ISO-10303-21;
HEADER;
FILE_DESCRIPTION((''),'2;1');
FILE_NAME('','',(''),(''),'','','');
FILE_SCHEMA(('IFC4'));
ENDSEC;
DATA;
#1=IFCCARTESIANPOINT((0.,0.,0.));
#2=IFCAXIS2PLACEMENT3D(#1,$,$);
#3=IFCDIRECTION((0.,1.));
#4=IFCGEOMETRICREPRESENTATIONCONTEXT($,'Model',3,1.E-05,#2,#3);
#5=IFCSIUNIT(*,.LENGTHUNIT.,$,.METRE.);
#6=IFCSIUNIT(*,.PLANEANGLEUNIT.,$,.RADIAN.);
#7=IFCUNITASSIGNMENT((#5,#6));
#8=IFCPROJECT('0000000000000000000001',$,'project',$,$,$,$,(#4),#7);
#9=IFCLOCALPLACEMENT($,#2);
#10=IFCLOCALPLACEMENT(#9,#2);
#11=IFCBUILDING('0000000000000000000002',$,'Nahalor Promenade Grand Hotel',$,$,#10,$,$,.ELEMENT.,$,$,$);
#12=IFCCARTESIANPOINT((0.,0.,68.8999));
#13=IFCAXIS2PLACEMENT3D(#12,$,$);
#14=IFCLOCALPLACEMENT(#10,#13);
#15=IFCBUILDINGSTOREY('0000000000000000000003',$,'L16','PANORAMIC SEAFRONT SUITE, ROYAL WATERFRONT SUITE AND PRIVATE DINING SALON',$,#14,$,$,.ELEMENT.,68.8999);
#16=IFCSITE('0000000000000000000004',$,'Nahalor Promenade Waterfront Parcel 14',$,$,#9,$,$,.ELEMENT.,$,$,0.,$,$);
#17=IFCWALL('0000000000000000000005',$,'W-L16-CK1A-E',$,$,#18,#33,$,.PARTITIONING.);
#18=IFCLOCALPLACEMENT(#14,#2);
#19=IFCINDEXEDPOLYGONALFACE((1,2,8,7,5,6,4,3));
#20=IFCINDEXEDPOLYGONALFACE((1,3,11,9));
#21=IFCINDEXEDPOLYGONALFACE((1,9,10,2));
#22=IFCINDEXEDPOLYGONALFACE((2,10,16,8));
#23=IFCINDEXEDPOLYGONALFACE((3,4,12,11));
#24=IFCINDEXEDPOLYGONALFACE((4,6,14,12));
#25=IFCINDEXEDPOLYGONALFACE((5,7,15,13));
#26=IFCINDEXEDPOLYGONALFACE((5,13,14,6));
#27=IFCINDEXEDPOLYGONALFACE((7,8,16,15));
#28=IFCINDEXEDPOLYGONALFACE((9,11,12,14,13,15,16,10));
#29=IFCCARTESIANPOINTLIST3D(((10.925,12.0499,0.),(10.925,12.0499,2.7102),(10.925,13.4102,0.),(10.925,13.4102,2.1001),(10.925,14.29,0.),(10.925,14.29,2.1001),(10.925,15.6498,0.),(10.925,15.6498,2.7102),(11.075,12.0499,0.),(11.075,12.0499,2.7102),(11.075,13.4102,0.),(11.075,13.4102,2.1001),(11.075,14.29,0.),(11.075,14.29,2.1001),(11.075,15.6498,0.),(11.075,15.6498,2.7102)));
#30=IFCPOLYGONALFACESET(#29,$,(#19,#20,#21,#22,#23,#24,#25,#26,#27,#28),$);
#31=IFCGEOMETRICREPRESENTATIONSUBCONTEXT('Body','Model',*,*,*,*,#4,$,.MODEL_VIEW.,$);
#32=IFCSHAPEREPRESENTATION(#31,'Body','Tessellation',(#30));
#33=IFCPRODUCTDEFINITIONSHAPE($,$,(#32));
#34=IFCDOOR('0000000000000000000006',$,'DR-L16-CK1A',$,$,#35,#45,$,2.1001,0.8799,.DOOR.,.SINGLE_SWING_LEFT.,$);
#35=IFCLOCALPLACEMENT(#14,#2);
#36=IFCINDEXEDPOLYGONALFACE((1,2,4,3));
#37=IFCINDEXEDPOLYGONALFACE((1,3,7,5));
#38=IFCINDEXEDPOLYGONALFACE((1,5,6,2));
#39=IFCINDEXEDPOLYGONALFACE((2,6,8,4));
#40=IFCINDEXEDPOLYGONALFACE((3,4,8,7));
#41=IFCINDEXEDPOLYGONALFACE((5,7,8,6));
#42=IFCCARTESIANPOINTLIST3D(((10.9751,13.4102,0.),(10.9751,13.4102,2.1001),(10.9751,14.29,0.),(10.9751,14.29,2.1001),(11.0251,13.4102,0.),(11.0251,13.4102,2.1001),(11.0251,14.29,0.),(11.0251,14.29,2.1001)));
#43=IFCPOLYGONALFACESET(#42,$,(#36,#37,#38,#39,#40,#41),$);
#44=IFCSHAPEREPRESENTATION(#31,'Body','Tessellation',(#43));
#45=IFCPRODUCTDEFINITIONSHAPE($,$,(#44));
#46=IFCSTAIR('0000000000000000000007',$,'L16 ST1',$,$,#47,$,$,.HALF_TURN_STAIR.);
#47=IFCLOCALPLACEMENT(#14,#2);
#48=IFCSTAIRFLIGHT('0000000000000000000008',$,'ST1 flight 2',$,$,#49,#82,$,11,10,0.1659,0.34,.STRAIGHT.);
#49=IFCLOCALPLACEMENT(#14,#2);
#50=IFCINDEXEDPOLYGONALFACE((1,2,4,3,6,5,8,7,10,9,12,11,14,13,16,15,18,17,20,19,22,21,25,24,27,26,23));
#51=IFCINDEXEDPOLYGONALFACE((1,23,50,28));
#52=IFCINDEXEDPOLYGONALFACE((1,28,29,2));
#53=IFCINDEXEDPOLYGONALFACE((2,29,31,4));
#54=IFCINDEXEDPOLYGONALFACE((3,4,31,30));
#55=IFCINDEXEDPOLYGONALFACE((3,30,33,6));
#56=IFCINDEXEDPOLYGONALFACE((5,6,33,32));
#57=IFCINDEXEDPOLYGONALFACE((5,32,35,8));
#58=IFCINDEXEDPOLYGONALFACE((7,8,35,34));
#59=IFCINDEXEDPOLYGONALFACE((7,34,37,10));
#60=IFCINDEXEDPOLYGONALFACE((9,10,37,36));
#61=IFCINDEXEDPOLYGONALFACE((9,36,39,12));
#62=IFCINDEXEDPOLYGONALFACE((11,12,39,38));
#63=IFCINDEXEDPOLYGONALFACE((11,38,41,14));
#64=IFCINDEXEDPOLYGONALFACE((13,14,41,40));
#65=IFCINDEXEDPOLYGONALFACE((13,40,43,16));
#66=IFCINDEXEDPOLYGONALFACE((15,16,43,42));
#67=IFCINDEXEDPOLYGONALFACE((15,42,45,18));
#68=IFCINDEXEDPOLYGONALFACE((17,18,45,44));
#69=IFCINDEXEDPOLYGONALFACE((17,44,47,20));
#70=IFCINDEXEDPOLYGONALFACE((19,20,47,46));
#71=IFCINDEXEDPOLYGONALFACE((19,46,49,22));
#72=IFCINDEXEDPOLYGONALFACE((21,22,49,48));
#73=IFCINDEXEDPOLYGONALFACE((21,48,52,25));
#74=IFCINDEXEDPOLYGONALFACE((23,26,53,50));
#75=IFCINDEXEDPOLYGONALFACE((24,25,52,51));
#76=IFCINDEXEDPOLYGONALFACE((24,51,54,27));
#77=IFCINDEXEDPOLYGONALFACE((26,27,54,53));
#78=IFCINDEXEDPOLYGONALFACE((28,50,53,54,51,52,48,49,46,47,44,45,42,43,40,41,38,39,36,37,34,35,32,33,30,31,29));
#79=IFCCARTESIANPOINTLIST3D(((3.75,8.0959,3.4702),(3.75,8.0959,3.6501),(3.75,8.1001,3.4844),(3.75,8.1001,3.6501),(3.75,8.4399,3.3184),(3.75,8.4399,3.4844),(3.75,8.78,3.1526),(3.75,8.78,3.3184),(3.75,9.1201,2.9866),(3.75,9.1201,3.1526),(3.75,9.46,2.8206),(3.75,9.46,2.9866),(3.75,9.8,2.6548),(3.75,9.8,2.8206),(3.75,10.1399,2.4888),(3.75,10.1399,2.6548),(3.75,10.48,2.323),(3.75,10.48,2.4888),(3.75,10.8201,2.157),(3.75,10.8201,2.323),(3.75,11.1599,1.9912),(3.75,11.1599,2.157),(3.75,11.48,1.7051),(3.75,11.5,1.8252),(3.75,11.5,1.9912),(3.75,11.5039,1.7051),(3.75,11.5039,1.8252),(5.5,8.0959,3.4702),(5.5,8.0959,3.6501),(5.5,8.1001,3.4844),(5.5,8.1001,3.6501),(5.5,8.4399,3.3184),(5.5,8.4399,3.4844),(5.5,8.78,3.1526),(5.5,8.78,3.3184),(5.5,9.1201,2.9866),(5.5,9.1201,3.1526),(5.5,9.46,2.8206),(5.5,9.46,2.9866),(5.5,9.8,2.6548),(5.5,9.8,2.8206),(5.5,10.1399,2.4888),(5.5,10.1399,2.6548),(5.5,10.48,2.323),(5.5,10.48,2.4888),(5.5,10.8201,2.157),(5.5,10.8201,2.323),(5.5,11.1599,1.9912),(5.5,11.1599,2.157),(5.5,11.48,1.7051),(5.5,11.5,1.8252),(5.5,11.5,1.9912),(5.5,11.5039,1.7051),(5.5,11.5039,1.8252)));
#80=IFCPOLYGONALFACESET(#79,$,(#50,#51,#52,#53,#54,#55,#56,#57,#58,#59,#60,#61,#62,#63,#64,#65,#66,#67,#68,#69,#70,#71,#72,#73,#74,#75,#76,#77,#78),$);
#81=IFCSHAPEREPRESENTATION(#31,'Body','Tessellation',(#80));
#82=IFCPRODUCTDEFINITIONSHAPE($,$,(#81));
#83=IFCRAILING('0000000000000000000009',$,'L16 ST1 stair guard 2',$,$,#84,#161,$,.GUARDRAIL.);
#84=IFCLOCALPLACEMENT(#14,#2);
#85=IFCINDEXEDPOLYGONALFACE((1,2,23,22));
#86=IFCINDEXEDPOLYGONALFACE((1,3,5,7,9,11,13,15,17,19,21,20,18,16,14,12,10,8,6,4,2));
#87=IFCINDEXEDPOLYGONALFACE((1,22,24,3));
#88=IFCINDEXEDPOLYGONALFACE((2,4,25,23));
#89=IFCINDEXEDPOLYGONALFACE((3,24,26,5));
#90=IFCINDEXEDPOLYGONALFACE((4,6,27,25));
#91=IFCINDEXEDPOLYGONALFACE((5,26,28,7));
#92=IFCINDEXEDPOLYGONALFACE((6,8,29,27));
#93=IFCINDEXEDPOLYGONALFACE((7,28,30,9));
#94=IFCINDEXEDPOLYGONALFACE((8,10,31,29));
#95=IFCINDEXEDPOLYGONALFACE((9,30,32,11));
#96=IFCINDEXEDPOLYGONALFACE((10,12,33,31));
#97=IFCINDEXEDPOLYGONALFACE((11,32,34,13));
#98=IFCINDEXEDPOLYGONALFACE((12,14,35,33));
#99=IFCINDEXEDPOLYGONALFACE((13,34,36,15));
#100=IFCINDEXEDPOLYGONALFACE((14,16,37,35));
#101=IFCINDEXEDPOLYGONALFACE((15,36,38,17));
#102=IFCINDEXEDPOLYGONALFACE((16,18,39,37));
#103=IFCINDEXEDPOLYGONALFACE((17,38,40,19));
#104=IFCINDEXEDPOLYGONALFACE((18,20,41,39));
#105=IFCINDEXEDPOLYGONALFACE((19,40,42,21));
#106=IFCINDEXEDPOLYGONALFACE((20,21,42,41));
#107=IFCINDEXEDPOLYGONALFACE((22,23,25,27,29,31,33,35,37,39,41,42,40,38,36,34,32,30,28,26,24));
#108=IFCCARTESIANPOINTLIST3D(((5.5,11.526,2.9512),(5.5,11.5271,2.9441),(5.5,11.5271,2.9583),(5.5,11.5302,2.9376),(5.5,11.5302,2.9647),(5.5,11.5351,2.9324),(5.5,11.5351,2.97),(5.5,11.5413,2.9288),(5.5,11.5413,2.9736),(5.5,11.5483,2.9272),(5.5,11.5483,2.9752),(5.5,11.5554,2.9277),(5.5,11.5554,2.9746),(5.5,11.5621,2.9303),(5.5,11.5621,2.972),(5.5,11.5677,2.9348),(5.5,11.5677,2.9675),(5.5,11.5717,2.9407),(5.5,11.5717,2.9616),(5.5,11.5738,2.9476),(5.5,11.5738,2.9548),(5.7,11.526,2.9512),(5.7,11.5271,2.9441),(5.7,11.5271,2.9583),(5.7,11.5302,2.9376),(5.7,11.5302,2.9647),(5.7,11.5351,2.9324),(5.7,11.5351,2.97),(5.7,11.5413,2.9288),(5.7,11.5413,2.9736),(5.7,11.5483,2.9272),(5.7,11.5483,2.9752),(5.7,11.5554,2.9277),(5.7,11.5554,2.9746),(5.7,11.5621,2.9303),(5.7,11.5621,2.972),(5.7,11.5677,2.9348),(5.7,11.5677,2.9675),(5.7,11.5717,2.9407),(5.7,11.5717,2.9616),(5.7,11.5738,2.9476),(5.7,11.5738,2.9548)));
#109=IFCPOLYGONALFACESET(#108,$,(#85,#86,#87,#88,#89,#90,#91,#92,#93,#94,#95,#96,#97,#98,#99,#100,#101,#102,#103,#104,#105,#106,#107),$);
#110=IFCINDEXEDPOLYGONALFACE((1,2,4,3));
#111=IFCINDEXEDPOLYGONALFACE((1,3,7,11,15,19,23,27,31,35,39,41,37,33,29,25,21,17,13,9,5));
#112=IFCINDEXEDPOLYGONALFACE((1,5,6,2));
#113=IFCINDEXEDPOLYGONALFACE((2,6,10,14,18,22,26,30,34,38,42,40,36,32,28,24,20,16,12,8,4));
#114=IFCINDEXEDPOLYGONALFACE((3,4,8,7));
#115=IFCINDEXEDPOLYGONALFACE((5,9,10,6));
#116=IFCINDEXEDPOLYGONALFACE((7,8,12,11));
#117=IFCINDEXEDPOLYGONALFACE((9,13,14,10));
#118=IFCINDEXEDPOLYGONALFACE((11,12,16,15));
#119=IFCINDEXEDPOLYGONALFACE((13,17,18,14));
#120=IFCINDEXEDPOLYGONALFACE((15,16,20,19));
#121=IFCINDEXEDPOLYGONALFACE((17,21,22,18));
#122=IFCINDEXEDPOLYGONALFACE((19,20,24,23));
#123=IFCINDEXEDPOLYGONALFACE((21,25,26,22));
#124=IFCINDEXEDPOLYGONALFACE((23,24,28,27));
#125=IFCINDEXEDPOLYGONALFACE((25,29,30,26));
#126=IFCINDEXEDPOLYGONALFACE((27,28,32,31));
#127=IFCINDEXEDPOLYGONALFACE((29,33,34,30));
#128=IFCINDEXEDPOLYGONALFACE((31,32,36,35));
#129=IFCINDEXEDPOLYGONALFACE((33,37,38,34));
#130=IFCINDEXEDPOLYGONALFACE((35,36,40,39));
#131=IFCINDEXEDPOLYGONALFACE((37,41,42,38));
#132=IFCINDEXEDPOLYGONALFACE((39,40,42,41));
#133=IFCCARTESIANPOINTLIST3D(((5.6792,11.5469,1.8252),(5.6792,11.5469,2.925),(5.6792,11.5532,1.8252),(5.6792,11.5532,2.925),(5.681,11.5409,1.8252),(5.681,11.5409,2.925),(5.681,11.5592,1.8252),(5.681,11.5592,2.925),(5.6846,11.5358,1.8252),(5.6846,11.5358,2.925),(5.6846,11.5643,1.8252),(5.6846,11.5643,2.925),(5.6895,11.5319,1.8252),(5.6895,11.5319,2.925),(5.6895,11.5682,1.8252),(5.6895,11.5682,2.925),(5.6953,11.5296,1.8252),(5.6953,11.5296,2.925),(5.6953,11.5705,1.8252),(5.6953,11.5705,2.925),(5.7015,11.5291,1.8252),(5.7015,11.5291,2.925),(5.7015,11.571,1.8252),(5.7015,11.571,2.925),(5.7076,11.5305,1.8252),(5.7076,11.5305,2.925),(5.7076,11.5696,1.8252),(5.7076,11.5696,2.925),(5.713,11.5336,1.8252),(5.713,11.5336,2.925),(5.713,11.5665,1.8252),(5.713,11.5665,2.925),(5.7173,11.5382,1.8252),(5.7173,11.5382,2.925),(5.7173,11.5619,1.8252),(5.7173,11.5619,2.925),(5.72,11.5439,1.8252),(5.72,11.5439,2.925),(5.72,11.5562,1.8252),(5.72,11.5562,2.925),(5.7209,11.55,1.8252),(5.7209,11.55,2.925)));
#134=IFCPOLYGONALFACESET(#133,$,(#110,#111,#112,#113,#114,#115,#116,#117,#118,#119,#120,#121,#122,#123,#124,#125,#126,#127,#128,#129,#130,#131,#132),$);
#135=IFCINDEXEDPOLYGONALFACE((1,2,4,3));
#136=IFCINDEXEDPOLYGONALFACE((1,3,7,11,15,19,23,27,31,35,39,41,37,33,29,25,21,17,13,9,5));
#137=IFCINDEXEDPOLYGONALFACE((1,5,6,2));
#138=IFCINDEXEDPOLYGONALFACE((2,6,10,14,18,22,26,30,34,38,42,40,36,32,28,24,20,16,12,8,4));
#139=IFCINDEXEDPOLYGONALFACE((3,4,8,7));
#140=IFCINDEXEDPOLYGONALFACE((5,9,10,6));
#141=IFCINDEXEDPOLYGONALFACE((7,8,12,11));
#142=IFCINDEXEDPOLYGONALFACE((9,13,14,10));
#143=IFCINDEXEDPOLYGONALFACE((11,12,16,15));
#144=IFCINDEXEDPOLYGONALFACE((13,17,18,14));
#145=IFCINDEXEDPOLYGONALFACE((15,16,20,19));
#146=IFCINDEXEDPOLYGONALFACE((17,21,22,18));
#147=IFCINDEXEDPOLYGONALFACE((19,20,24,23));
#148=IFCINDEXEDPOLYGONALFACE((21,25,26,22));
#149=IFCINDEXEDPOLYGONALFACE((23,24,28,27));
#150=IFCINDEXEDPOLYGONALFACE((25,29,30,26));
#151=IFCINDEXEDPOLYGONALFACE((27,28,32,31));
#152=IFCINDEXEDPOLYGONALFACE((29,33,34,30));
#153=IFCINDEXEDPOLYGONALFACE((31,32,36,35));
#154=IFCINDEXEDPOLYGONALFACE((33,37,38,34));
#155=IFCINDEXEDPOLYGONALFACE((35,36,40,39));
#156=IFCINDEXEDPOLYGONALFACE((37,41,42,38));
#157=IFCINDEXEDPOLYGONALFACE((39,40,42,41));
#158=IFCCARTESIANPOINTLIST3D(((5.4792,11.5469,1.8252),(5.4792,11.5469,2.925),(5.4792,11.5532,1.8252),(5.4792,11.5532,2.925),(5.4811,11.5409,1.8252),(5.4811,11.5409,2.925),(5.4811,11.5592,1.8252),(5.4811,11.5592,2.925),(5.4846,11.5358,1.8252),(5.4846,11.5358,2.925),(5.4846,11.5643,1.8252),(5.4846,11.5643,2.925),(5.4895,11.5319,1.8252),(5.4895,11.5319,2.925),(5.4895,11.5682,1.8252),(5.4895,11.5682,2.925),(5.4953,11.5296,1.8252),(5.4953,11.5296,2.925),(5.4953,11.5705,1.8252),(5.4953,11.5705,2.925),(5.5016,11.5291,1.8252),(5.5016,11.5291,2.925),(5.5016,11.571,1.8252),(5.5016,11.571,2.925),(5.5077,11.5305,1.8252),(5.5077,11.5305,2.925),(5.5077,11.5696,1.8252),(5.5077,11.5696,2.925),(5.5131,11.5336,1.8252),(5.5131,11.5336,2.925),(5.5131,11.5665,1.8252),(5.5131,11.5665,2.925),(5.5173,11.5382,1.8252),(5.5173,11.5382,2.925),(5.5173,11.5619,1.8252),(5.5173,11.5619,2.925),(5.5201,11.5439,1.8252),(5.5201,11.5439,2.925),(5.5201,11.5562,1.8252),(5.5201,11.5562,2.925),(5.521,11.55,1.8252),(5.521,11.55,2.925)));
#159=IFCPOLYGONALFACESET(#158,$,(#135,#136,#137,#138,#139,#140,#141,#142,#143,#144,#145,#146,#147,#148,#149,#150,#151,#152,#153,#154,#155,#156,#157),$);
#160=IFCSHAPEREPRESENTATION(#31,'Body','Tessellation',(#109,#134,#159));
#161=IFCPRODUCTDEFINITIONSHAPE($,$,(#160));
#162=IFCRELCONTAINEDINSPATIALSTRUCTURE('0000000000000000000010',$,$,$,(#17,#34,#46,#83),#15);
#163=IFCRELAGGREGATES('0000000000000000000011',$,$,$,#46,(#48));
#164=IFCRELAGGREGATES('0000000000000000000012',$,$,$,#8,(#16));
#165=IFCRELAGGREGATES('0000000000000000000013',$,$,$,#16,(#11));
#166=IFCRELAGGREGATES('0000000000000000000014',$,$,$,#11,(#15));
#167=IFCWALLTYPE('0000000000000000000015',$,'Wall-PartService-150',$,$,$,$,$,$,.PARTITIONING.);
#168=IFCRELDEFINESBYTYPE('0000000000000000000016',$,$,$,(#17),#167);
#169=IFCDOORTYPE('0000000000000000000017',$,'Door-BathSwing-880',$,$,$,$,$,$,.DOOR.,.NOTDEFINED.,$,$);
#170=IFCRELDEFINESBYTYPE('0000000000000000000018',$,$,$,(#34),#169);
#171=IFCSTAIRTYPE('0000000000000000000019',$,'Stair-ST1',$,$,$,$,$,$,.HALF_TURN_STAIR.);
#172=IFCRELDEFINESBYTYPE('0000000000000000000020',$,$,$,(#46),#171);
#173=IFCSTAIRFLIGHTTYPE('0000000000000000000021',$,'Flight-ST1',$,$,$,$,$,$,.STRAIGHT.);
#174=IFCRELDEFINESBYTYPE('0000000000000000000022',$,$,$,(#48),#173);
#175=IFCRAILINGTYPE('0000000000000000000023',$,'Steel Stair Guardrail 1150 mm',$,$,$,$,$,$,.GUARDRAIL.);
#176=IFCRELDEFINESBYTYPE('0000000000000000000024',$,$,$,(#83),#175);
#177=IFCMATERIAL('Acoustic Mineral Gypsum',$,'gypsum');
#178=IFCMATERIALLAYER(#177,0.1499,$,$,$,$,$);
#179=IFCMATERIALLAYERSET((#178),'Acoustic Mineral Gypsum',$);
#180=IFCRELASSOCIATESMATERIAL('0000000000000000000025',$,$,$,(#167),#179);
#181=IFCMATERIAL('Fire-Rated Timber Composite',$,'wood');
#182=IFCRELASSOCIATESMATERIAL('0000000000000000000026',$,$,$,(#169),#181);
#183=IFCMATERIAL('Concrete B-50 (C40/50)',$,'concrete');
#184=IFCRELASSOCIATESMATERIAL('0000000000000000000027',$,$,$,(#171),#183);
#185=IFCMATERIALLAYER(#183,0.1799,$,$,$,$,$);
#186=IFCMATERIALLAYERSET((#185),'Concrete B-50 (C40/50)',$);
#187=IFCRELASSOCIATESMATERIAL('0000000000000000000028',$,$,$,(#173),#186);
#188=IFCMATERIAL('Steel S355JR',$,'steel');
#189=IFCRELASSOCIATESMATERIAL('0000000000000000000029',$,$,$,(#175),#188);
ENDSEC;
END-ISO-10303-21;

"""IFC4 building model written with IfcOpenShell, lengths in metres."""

from ifc_helpers import new_model, si_unit, direction, frame, frame_2d, origin, origin_2d, place, context, subcontext, project, spatial, polyline, rectangle, circle, outline, extrude, source, transform, mapped, material, layer, layer_set, type_object, element, fill, aggregate, save


model = new_model("IFC4")

# Units and contexts
model_context = context("Model", 3, precision=1e-05, world=origin(), true_north=direction((0.0, 1.0)))
body_context = subcontext(model_context, "Body", "Model", "MODEL_VIEW")
ifc_project = project(units=[si_unit("LENGTHUNIT", "METRE"), si_unit("PLANEANGLEUNIT", "RADIAN")], contexts=[model_context])

# Site, building, storey
site_placement = place(None, origin())
site = spatial("IfcSite", under=ifc_project, at=site_placement, Name="Nahalor Promenade Waterfront Parcel 14", CompositionType="ELEMENT", RefElevation=0.0)
building_placement = place(site_placement, origin())
building = spatial("IfcBuilding", under=site, at=building_placement, Name="Nahalor Promenade Grand Hotel", CompositionType="ELEMENT")
storey_placement = place(building_placement, frame((0.0, 0.0, 68.8999)))
storey = spatial("IfcBuildingStorey", under=building, at=storey_placement, Name="L16", Description="PANORAMIC SEAFRONT SUITE, ROYAL WATERFRONT SUITE AND PRIVATE DINING SALON", CompositionType="ELEMENT", Elevation=68.8999)

# Shared definitions
ifc_material_1 = material(Name="Steel S355JR", Category="steel")

# Shared definitions
ifc_material_2 = material(Name="Concrete B-50 (C40/50)", Category="concrete")

# Shared definitions
ifc_material_3 = material(Name="Acoustic Mineral Gypsum", Category="gypsum")
ifc_layer_1 = layer(ifc_material_3, 0.1499)
ifc_layer_set_1 = layer_set([ifc_layer_1], Name="Acoustic Mineral Gypsum")
wall_type_1 = type_object("IfcWallType", Name="Wall-PartService-150", PredefinedType="PARTITIONING", material=ifc_layer_set_1)
shared_shape_1 = source(origin(), body_context, "Body", "SweptSolid", [
    extrude(rectangle(XDim=3.5999, YDim=0.1499, at=frame_2d((1.7998, 0.0))), origin(), (0.0, 0.0, 1.0), 2.7102),
])

# Wall, opening, door
wall_1_placement = place(storey_placement, frame((11.0, 12.05, 0.0), z_axis=(0.0, 0.0, 1.0), x_axis=(0.0, 1.0, 0.0)))
wall_1 = element("IfcWall", 1, at=wall_1_placement, inside=storey, type_object=wall_type_1, Name="W-L16-CK1A-E", PredefinedType="PARTITIONING", context=body_context, shape_type="MappedRepresentation", body=[
    mapped(shared_shape_1, transform((0.0, 0.0, 0.0), scale=1.0)),
])
opening_1_placement = place(wall_1_placement, frame((1.3601, 0.0, 0.0)))
opening_1 = element("IfcOpeningElement", 2, at=opening_1_placement, cuts=wall_1, PredefinedType="OPENING", context=body_context, shape_type="SweptSolid", body=[
    extrude(rectangle(XDim=0.8799, YDim=2.1001, at=frame_2d((0.4399, 1.05))), frame((0.0, 0.085, 0.0), z_axis=(0.0, -1.0, 0.0), x_axis=(1.0, 0.0, 0.0)), (0.0, 0.0, 1.0), 0.1699),
])
ifc_material_4 = material(Name="Fire-Rated Timber Composite", Category="wood")
door_type_1 = type_object("IfcDoorType", Name="Door-BathSwing-880", OperationType="NOTDEFINED", PredefinedType="DOOR", material=ifc_material_4)
shared_shape_2 = source(origin(), body_context, "Body", "SweptSolid", [
    extrude(rectangle(XDim=0.8799, YDim=2.1001, at=frame_2d((0.4399, 1.05))), frame((0.0, 0.0249, 0.0), z_axis=(0.0, -1.0, 0.0), x_axis=(1.0, 0.0, 0.0)), (0.0, 0.0, 1.0), 0.05),
])
door_1_placement = place(opening_1_placement, origin())
door_1 = element("IfcDoor", 3, at=door_1_placement, inside=storey, type_object=door_type_1, Name="DR-L16-CK1A", OperationType="SINGLE_SWING_LEFT", OverallHeight=2.1001, OverallWidth=0.8799, PredefinedType="DOOR", context=body_context, shape_type="MappedRepresentation", body=[
    mapped(shared_shape_2, transform((0.0, 0.0, 0.0), scale=1.0)),
])
fill(opening_1, door_1)

# Stair, stair flight
stair_type = type_object("IfcStairType", Name="Stair-ST1", PredefinedType="HALF_TURN_STAIR", material=ifc_material_2)
stair_placement = place(storey_placement, origin())
stair = element("IfcStair", 4, at=stair_placement, inside=storey, type_object=stair_type, Name="L16 ST1", PredefinedType="HALF_TURN_STAIR")
ifc_layer_2 = layer(ifc_material_2, 0.1799)
ifc_layer_set_2 = layer_set([ifc_layer_2], Name="Concrete B-50 (C40/50)")
stair_flight_type = type_object("IfcStairFlightType", Name="Flight-ST1", PredefinedType="STRAIGHT", material=ifc_layer_set_2)
shared_shape_3 = source(origin(), body_context, "Body", "SweptSolid", [
    extrude(outline(polyline([(-0.0039, -0.1201), (-0.0039, 0.0), (0.0, 0.0), (0.0, 0.166), (0.3401, 0.166), (0.3401, 0.3318), (0.6799, 0.3318), (0.6799, 0.4978), (1.02, 0.4978), (1.02, 0.6636), (1.3601, 0.6636), (1.3601, 0.8296), (1.7, 0.8296), (1.7, 0.9954), (2.04, 0.9954), (2.04, 1.1614), (2.3799, 1.1614), (2.3799, 1.3274), (2.72, 1.3274), (2.72, 1.4932), (3.0601, 1.4932), (3.0601, 1.6592), (3.3999, 1.6592), (3.3999, 1.825), (3.4041, 1.825), (3.4041, 1.645), (0.02, -0.1201), (-0.0039, -0.1201)])), frame((0.0, 0.875, 0.0), z_axis=(0.0, -1.0, 0.0), x_axis=(1.0, 0.0, 0.0)), (0.0, 0.0, 1.0), 1.75),
])
stair_flight_placement = place(storey_placement, frame((4.625, 11.5, 1.8252), z_axis=(0.0, 0.0, 1.0), x_axis=(0.0, -1.0, 0.0)))
stair_flight = element("IfcStairFlight", 5, at=stair_flight_placement, type_object=stair_flight_type, Name="ST1 flight 2", NumberOfRisers=11, NumberOfTreads=10, PredefinedType="STRAIGHT", RiserHeight=0.1659, TreadLength=0.34, context=body_context, shape_type="MappedRepresentation", body=[
    mapped(shared_shape_3, transform((0.0, 0.0, 0.0), scale=1.0)),
])
aggregate(stair, [stair_flight])

# Railing
railing_type = type_object("IfcRailingType", Name="Steel Stair Guardrail 1150 mm", PredefinedType="GUARDRAIL", material=ifc_material_1)
railing_1_placement = place(storey_placement, frame((5.7, 11.55, 1.8252)))
element("IfcRailing", 6, at=railing_1_placement, inside=storey, type_object=railing_type, Name="L16 ST1 stair guard 2", PredefinedType="GUARDRAIL", context=body_context, shape_type="SweptSolid", body=[
    extrude(circle(Radius=0.024, at=origin_2d()), frame((0.0, 0.0, 1.126), z_axis=(-1.0, 0.0, 0.0), x_axis=(0.0, -1.0, 0.0)), (0.0, 0.0, 1.0), 0.2),
    extrude(circle(Radius=0.021, at=origin_2d()), origin(), (0.0, 0.0, 1.0), 1.0999),
    extrude(circle(Radius=0.021, at=origin_2d()), frame((-0.2, 0.0, 0.0)), (0.0, 0.0, 1.0), 1.0999),
])

save(model, "model.ifc")
